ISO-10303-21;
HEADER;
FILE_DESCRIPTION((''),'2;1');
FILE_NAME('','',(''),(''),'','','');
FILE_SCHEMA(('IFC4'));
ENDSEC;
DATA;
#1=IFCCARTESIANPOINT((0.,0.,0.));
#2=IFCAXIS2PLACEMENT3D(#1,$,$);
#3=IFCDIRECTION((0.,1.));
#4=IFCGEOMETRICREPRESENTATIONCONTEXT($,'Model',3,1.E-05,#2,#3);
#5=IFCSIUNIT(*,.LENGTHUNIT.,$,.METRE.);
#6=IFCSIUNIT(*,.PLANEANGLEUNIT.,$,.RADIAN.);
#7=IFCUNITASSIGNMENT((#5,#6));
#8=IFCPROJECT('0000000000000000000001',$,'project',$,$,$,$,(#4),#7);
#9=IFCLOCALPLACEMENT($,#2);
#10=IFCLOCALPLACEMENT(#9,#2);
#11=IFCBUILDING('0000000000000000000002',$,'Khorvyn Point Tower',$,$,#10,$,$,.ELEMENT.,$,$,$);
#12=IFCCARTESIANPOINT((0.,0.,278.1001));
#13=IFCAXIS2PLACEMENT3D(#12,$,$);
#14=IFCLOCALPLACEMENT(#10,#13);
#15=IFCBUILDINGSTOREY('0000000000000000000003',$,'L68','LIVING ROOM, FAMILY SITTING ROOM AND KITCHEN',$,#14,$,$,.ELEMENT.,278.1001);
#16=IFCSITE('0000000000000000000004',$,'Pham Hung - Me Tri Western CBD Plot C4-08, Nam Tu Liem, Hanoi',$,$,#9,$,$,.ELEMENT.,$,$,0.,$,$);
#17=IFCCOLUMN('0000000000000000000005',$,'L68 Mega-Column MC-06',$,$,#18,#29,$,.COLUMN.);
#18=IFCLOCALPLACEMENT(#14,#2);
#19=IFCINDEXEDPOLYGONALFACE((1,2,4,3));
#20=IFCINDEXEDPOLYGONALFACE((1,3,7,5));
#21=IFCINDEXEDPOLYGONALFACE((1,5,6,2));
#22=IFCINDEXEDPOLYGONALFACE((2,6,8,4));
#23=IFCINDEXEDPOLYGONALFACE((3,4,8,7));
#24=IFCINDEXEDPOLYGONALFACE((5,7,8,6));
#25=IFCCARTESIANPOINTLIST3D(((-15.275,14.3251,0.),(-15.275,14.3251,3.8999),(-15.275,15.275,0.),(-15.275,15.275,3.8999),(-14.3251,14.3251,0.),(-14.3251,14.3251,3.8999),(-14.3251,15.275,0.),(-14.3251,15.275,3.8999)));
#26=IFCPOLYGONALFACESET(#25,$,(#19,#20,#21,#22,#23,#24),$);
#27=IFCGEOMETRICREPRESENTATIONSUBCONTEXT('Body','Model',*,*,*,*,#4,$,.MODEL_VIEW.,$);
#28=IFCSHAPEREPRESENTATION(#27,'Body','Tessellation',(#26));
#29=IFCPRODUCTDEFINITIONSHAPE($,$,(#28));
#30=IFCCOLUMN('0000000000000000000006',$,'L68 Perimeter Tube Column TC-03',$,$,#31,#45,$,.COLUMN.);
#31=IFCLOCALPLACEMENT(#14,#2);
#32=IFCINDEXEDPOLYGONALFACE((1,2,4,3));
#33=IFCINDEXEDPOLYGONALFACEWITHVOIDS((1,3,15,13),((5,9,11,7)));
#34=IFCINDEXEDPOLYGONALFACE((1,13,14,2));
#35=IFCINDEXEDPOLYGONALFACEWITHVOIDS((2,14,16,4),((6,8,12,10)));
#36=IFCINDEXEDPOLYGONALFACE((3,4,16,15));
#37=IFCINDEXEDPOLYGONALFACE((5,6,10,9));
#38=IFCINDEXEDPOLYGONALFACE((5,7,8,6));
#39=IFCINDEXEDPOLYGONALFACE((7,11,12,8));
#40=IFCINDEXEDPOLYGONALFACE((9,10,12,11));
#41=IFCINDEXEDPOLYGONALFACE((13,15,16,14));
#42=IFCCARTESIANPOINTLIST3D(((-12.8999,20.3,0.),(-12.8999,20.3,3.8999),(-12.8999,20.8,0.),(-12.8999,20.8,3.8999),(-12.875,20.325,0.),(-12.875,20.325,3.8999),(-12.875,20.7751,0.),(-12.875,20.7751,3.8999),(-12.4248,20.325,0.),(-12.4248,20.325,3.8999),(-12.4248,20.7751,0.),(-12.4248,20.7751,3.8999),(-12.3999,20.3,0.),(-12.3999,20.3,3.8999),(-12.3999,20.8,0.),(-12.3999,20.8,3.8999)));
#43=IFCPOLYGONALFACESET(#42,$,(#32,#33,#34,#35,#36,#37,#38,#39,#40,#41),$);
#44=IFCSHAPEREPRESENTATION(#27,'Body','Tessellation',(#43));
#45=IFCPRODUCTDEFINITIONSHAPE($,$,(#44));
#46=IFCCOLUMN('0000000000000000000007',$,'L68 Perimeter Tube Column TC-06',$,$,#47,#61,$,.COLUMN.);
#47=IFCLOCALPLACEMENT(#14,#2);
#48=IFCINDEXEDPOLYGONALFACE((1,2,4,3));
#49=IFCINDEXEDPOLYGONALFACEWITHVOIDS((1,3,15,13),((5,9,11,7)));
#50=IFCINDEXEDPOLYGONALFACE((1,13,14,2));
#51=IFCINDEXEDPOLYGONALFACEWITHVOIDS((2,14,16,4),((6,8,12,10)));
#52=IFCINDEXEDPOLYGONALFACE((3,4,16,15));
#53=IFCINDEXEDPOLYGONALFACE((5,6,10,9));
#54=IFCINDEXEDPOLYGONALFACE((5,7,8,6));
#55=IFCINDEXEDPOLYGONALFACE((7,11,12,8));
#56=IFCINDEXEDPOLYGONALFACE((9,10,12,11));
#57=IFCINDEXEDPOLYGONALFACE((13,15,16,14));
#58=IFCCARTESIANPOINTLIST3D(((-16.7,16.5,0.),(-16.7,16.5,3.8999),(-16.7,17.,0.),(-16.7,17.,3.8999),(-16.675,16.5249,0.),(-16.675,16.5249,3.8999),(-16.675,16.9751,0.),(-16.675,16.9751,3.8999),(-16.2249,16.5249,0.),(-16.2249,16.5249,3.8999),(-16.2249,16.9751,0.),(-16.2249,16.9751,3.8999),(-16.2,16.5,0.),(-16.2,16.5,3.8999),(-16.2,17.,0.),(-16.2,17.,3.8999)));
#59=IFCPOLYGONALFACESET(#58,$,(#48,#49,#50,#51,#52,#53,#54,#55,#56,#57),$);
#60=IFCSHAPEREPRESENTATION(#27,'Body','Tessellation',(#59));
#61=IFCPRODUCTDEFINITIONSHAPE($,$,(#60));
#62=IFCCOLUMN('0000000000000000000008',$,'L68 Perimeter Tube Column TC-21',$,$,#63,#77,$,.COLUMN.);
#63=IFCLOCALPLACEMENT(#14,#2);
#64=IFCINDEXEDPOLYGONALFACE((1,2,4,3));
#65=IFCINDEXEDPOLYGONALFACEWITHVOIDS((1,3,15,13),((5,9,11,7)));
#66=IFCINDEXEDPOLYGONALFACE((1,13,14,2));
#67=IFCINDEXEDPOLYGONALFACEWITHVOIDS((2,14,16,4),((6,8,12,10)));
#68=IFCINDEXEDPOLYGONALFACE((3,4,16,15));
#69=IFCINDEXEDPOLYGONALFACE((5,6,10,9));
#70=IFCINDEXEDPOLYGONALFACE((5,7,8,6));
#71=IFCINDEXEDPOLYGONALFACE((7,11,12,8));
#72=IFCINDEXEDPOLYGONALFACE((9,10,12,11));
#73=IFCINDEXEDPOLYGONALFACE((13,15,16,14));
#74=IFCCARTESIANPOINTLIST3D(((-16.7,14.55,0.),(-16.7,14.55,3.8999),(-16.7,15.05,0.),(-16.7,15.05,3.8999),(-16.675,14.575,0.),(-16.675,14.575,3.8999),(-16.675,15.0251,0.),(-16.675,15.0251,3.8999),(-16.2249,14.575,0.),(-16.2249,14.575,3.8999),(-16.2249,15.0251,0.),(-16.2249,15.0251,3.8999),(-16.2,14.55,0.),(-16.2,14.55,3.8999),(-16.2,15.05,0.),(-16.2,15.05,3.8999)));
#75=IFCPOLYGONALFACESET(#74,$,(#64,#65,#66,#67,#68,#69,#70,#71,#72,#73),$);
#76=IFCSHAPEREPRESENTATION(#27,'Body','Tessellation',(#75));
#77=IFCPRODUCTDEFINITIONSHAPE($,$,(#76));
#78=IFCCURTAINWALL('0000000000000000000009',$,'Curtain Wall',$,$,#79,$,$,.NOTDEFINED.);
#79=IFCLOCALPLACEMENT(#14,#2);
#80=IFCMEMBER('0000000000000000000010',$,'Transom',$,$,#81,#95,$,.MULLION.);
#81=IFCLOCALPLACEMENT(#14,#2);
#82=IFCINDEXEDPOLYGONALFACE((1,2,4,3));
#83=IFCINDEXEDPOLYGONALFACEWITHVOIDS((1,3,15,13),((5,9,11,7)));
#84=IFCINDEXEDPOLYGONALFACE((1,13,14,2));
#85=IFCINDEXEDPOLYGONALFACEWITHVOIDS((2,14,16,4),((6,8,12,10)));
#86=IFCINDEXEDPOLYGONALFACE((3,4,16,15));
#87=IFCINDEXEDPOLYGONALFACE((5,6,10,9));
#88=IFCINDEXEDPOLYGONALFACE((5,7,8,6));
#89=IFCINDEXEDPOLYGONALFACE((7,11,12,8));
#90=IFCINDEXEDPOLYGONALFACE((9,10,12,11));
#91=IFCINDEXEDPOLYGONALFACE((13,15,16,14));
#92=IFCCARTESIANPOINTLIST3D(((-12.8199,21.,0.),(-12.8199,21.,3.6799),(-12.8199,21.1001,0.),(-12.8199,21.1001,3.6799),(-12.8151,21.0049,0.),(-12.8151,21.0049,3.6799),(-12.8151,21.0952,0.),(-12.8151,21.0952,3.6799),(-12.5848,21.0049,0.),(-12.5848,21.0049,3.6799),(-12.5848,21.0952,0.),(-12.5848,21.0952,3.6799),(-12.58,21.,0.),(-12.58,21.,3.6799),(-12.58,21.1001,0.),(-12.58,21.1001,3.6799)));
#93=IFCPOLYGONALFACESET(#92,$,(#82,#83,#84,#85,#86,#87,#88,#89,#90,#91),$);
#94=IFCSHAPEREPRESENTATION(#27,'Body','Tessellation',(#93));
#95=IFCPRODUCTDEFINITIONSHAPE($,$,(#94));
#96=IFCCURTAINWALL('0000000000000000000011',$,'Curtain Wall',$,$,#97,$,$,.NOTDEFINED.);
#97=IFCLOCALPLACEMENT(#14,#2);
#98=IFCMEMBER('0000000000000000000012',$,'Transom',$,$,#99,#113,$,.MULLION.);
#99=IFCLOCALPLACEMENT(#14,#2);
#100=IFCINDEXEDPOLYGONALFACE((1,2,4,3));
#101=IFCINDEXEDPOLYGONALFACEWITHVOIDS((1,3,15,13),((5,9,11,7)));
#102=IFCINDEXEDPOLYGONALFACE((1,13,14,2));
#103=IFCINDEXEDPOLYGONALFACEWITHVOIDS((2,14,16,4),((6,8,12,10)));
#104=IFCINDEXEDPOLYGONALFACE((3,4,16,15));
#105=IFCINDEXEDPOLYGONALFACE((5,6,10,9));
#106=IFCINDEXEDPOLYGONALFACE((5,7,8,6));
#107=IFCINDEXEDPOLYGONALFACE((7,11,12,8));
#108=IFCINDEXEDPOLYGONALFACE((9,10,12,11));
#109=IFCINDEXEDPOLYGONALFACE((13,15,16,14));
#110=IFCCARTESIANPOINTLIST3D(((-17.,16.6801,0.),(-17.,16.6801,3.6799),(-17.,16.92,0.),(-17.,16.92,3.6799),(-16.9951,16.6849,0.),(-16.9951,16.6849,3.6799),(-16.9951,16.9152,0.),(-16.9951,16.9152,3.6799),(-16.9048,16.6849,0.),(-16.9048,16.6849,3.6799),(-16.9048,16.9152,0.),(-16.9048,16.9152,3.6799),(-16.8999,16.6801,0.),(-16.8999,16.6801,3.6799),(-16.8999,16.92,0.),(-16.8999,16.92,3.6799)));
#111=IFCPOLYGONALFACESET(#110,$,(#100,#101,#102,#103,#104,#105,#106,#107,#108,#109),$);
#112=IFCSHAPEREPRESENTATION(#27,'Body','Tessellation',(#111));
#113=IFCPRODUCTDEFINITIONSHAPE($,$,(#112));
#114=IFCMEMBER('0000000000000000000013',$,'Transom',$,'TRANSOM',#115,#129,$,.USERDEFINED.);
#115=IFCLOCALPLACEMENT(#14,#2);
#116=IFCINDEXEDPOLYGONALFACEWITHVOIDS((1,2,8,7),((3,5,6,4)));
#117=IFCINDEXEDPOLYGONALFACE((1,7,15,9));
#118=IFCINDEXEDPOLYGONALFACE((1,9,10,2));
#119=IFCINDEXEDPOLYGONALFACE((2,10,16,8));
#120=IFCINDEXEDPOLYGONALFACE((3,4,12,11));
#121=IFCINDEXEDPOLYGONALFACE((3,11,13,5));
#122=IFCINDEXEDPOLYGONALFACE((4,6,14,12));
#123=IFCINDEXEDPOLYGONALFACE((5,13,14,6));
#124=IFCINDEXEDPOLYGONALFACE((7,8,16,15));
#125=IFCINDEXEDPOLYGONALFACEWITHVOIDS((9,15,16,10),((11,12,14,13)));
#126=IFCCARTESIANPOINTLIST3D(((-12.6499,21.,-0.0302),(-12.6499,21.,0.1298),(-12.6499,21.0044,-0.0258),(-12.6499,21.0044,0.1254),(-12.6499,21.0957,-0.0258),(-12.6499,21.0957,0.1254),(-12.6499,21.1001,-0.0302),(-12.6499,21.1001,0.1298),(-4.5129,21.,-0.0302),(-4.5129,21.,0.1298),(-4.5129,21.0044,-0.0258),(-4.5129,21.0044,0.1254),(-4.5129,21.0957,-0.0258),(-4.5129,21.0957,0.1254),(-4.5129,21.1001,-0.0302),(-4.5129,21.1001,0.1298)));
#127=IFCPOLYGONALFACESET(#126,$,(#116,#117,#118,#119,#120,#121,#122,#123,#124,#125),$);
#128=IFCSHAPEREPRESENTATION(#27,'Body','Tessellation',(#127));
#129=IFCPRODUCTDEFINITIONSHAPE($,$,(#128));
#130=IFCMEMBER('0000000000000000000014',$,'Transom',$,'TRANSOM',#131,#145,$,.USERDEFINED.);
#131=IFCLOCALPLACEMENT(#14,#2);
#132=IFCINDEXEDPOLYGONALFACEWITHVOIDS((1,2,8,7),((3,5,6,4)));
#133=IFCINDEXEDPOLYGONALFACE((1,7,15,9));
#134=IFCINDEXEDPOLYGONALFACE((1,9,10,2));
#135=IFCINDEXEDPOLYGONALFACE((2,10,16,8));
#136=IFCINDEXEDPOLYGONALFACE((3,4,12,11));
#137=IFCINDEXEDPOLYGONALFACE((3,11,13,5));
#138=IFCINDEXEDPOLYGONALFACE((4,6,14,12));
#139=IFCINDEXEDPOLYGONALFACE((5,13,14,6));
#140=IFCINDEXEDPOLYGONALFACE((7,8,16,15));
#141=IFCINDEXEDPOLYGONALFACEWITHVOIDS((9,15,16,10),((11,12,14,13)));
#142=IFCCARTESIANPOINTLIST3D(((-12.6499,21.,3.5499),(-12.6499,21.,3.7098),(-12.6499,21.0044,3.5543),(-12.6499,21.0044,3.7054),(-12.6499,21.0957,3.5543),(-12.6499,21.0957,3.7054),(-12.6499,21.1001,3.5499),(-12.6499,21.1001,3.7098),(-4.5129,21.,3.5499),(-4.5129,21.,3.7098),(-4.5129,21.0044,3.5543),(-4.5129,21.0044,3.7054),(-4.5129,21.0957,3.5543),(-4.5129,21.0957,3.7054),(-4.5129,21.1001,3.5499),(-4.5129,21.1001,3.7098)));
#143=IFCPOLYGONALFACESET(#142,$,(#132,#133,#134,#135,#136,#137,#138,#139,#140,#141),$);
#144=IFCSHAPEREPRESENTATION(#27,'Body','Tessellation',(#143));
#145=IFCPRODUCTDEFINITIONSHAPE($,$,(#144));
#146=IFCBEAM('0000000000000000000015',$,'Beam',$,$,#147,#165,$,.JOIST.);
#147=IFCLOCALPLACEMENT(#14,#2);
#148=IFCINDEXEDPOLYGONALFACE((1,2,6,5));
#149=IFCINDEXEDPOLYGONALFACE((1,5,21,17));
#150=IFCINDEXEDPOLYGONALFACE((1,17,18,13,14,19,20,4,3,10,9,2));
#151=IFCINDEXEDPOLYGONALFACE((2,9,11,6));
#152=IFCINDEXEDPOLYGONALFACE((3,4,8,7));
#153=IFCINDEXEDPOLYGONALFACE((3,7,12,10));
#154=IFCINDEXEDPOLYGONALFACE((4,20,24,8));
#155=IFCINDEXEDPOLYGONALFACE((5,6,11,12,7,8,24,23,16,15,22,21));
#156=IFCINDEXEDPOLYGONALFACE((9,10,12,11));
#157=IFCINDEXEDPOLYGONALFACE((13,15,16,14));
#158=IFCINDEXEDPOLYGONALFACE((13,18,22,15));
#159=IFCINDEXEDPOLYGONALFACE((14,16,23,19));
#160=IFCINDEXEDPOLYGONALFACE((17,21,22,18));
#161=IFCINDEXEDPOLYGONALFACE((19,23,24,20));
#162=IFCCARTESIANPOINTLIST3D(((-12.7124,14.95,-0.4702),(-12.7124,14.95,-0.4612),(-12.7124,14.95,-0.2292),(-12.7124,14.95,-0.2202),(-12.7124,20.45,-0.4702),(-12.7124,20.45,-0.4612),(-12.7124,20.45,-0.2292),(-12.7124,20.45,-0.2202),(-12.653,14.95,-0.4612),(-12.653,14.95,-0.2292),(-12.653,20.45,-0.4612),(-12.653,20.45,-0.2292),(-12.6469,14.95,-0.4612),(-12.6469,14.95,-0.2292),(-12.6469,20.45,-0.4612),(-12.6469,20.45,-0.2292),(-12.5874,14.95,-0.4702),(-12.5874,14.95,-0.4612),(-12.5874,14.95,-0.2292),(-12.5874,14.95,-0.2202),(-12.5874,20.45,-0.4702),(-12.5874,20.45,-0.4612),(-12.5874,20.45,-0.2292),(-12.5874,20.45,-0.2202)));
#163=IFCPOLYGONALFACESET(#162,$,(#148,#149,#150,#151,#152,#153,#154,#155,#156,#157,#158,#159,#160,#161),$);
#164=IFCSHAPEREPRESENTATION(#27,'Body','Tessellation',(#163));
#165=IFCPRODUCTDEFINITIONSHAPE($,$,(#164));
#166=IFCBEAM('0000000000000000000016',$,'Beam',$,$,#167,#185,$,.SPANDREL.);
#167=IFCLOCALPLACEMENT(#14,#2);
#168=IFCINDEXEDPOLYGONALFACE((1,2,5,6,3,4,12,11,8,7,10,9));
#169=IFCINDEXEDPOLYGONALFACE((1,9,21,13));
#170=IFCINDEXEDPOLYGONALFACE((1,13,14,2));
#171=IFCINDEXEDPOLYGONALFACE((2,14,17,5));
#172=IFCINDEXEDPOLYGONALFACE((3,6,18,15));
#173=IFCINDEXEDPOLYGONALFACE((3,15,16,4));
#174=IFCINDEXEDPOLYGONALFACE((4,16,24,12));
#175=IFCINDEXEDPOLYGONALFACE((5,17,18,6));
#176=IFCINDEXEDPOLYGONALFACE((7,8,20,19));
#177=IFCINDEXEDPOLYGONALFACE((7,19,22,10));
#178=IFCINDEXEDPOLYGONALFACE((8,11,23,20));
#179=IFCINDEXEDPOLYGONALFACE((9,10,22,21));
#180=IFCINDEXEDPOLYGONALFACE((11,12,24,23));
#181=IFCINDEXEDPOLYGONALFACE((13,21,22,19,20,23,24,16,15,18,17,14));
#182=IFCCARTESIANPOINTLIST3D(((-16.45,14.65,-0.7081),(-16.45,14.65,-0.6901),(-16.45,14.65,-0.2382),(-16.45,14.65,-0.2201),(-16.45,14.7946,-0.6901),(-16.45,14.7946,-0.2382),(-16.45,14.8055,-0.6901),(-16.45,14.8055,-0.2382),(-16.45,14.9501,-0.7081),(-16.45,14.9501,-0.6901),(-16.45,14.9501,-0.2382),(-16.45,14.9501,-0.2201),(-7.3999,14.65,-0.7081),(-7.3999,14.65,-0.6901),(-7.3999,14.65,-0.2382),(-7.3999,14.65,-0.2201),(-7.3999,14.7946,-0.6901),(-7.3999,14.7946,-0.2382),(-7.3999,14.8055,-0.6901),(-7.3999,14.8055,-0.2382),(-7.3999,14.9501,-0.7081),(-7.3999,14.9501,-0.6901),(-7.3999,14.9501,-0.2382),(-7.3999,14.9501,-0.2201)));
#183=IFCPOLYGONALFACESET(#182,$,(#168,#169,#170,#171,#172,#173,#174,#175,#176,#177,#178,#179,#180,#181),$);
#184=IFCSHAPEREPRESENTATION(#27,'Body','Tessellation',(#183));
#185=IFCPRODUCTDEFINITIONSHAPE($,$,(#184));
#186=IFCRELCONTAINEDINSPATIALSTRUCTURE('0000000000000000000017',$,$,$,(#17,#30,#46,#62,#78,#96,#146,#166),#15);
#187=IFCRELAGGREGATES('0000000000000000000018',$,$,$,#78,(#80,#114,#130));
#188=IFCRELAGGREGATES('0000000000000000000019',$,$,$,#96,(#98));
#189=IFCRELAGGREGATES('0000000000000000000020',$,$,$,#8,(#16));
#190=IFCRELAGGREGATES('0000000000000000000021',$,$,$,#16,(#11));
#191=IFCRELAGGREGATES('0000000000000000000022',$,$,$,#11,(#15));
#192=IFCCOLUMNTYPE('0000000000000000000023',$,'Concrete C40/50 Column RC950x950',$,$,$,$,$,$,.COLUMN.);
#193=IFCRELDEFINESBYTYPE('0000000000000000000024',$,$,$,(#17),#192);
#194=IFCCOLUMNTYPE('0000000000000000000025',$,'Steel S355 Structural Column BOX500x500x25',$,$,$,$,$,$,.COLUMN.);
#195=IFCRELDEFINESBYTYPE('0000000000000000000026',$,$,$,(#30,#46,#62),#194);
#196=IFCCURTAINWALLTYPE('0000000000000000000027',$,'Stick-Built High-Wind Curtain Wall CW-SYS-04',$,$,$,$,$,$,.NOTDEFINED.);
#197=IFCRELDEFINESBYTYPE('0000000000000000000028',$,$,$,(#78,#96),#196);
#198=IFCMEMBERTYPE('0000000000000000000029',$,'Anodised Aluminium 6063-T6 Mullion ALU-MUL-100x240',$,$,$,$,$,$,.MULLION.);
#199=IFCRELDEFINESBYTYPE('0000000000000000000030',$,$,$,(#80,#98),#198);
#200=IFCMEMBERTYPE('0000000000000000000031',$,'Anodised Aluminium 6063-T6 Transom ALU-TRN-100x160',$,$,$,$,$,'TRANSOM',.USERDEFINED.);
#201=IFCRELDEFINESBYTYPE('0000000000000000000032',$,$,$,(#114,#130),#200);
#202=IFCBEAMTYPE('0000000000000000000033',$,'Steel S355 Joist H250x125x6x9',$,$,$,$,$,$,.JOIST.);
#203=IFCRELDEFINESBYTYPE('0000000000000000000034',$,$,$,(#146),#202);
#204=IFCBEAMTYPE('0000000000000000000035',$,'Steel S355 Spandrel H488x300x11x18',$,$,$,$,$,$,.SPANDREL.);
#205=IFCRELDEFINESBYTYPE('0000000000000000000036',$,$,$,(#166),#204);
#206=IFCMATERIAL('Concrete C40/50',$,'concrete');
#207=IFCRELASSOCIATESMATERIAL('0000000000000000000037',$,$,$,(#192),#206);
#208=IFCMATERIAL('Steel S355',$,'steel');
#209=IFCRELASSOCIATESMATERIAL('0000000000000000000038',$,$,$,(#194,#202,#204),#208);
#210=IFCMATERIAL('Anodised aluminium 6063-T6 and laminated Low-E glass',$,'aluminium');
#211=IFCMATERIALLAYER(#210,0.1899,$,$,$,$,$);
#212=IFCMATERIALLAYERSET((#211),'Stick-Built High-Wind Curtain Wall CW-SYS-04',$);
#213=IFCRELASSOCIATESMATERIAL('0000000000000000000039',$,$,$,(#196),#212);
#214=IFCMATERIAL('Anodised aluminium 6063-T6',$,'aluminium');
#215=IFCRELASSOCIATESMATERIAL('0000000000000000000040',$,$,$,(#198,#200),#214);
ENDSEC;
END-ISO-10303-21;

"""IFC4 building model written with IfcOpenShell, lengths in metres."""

from ifc_helpers import new_model, si_unit, direction, frame, origin, origin_2d, place, context, subcontext, project, spatial, rectangle, hollow_rectangle, i_section, extrude, material, layer, layer_set, material_profile, profile_set, type_object, element, aggregate, save


model = new_model("IFC4")

# Units and contexts
model_context = context("Model", 3, precision=1e-05, world=origin(), true_north=direction((0.0, 1.0)))
body_context = subcontext(model_context, "Body", "Model", "MODEL_VIEW")
ifc_project = project(units=[si_unit("LENGTHUNIT", "METRE"), si_unit("PLANEANGLEUNIT", "RADIAN")], contexts=[model_context])

# Site, building, storey
site_placement = place(None, origin())
site = spatial("IfcSite", under=ifc_project, at=site_placement, Name="Pham Hung - Me Tri Western CBD Plot C4-08, Nam Tu Liem, Hanoi", CompositionType="ELEMENT", RefElevation=0.0)
building_placement = place(site_placement, origin())
building = spatial("IfcBuilding", under=site, at=building_placement, Name="Khorvyn Point Tower", CompositionType="ELEMENT")
storey_placement = place(building_placement, frame((0.0, 0.0, 278.1001)))
storey = spatial("IfcBuildingStorey", under=building, at=storey_placement, Name="L68", Description="LIVING ROOM, FAMILY SITTING ROOM AND KITCHEN", CompositionType="ELEMENT", Elevation=278.1001)

# Columns
ifc_material_1 = material(Name="Concrete C40/50", Category="concrete")
ifc_material_profile_1 = material_profile(ifc_material_1, rectangle(XDim=0.95, YDim=0.95, at=origin_2d()))
ifc_profile_set_1 = profile_set([ifc_material_profile_1], Name="Concrete C40/50 RC950x950")
column_type_1 = type_object("IfcColumnType", Name="Concrete C40/50 Column RC950x950", PredefinedType="COLUMN", material=ifc_profile_set_1)
column_placement = place(storey_placement, frame((-14.8, 14.8, 0.0), z_axis=(0.0, 0.0, 1.0), x_axis=(1.0, 0.0, 0.0)))
element("IfcColumn", 1, at=column_placement, inside=storey, type_object=column_type_1, Name="L68 Mega-Column MC-06", PredefinedType="COLUMN", context=body_context, shape_type="SweptSolid", body=[
    extrude(rectangle(XDim=0.95, YDim=0.95, at=origin_2d()), origin(), (0.0, 0.0, 1.0), 3.8999),
])
ifc_material_2 = material(Name="Steel S355", Category="steel")
ifc_material_profile_2 = material_profile(ifc_material_2, hollow_rectangle(XDim=0.5, YDim=0.5, WallThickness=0.0249, at=origin_2d()))
ifc_profile_set_2 = profile_set([ifc_material_profile_2], Name="Steel S355 BOX500x500x25")
column_type_2 = type_object("IfcColumnType", Name="Steel S355 Structural Column BOX500x500x25", PredefinedType="COLUMN", material=ifc_profile_set_2)
for number, where, z_axis, x_axis, name in (
    (2, (-12.6499, 20.55, 0.0), (0.0, 0.0, 1.0), (1.0, 0.0, 0.0), "L68 Perimeter Tube Column TC-03"),
    (3, (-16.45, 16.75, 0.0), (0.0, 0.0, 1.0), (1.0, 0.0, 0.0), "L68 Perimeter Tube Column TC-06"),
    (4, (-16.45, 14.8, 0.0), (0.0, 0.0, 1.0), (1.0, 0.0, 0.0), "L68 Perimeter Tube Column TC-21"),
):
    element("IfcColumn", number, at=place(storey_placement, frame(where, z_axis=z_axis, x_axis=x_axis)), inside=storey, type_object=column_type_2, Name=name, PredefinedType="COLUMN", context=body_context, shape_type="SweptSolid", body=[
        extrude(hollow_rectangle(XDim=0.5, YDim=0.5, WallThickness=0.0249, at=origin_2d()), origin(), (0.0, 0.0, 1.0), 3.8999),
    ])

# Curtain walls, members
ifc_material_3 = material(Name="Anodised aluminium 6063-T6 and laminated Low-E glass", Category="aluminium")
ifc_layer_1 = layer(ifc_material_3, 0.1899)
ifc_layer_set_1 = layer_set([ifc_layer_1], Name="Stick-Built High-Wind Curtain Wall CW-SYS-04")
curtain_wall_type = type_object("IfcCurtainWallType", Name="Stick-Built High-Wind Curtain Wall CW-SYS-04", PredefinedType="NOTDEFINED", material=ifc_layer_set_1)
curtain_wall_1_placement = place(storey_placement, origin())
curtain_wall_1 = element("IfcCurtainWall", 5, at=curtain_wall_1_placement, inside=storey, type_object=curtain_wall_type, Name="Curtain Wall", PredefinedType="NOTDEFINED")
ifc_material_4 = material(Name="Anodised aluminium 6063-T6", Category="aluminium")
ifc_material_profile_3 = material_profile(ifc_material_4, hollow_rectangle(XDim=0.1001, YDim=0.24, WallThickness=0.0049, at=origin_2d()))
ifc_profile_set_3 = profile_set([ifc_material_profile_3], Name="Anodised aluminium 6063-T6 ALU-MUL-100x240")
member_type_1 = type_object("IfcMemberType", Name="Anodised Aluminium 6063-T6 Mullion ALU-MUL-100x240", PredefinedType="MULLION", material=ifc_profile_set_3)
member_1_placement = place(storey_placement, frame((-12.7, 21.05, 0.0), z_axis=(0.0, 0.0, 1.0), x_axis=(0.0, 1.0, 0.0)))
member_1 = element("IfcMember", 6, at=member_1_placement, type_object=member_type_1, Name="Transom", PredefinedType="MULLION", context=body_context, shape_type="SweptSolid", body=[
    extrude(hollow_rectangle(XDim=0.1001, YDim=0.24, WallThickness=0.0049, at=origin_2d()), origin(), (0.0, 0.0, 1.0), 3.6799),
])
curtain_wall_2_placement = place(storey_placement, origin())
curtain_wall_2 = element("IfcCurtainWall", 7, at=curtain_wall_2_placement, inside=storey, type_object=curtain_wall_type, Name="Curtain Wall", PredefinedType="NOTDEFINED")
member_2_placement = place(storey_placement, frame((-16.95, 16.8, 0.0), z_axis=(0.0, 0.0, 1.0), x_axis=(-1.0, 0.0, 0.0)))
member_2 = element("IfcMember", 8, at=member_2_placement, type_object=member_type_1, Name="Transom", PredefinedType="MULLION", context=body_context, shape_type="SweptSolid", body=[
    extrude(hollow_rectangle(XDim=0.1001, YDim=0.24, WallThickness=0.0049, at=origin_2d()), origin(), (0.0, 0.0, 1.0), 3.6799),
])

# Members
ifc_material_profile_4 = material_profile(ifc_material_4, hollow_rectangle(XDim=0.1001, YDim=0.1599, WallThickness=0.0044, at=origin_2d()))
ifc_profile_set_4 = profile_set([ifc_material_profile_4], Name="Anodised aluminium 6063-T6 ALU-TRN-100x160")
member_type_2 = type_object("IfcMemberType", Name="Anodised Aluminium 6063-T6 Transom ALU-TRN-100x160", ElementType="TRANSOM", PredefinedType="USERDEFINED", material=ifc_profile_set_4)
member_3_placement = place(storey_placement, frame((-12.6499, 21.05, 0.0498), z_axis=(1.0, 0.0, 0.0), x_axis=(0.0, 1.0, 0.0)))
member_3 = element("IfcMember", 9, at=member_3_placement, type_object=member_type_2, Name="Transom", ObjectType="TRANSOM", PredefinedType="USERDEFINED", context=body_context, shape_type="SweptSolid", body=[
    extrude(hollow_rectangle(XDim=0.1001, YDim=0.1599, WallThickness=0.0044, at=origin_2d()), origin(), (0.0, 0.0, 1.0), 8.137),
])
member_4_placement = place(storey_placement, frame((-12.6499, 21.05, 3.6299), z_axis=(1.0, 0.0, 0.0), x_axis=(0.0, 1.0, 0.0)))
member_4 = element("IfcMember", 10, at=member_4_placement, type_object=member_type_2, Name="Transom", ObjectType="TRANSOM", PredefinedType="USERDEFINED", context=body_context, shape_type="SweptSolid", body=[
    extrude(hollow_rectangle(XDim=0.1001, YDim=0.1599, WallThickness=0.0044, at=origin_2d()), origin(), (0.0, 0.0, 1.0), 8.137),
])

# Beams
ifc_material_profile_5 = material_profile(ifc_material_2, i_section(OverallWidth=0.125, OverallDepth=0.25, WebThickness=0.0061, FlangeThickness=0.009, at=origin_2d()))
ifc_profile_set_5 = profile_set([ifc_material_profile_5], Name="Steel S355 H250x125x6x9")
beam_type_1 = type_object("IfcBeamType", Name="Steel S355 Joist H250x125x6x9", PredefinedType="JOIST", material=ifc_profile_set_5)
beam_1_placement = place(storey_placement, frame((-12.6499, 14.95, -0.3452), z_axis=(0.0, 1.0, 0.0), x_axis=(-1.0, 0.0, 0.0)))
element("IfcBeam", 11, at=beam_1_placement, inside=storey, type_object=beam_type_1, Name="Beam", PredefinedType="JOIST", context=body_context, shape_type="SweptSolid", body=[
    extrude(i_section(OverallWidth=0.125, OverallDepth=0.25, WebThickness=0.0061, FlangeThickness=0.009, at=origin_2d()), origin(), (0.0, 0.0, 1.0), 5.5),
])
ifc_material_profile_6 = material_profile(ifc_material_2, i_section(OverallWidth=0.3, OverallDepth=0.488, WebThickness=0.011, FlangeThickness=0.0181, at=origin_2d()))
ifc_profile_set_6 = profile_set([ifc_material_profile_6], Name="Steel S355 H488x300x11x18")
beam_type_2 = type_object("IfcBeamType", Name="Steel S355 Spandrel H488x300x11x18", PredefinedType="SPANDREL", material=ifc_profile_set_6)
beam_2_placement = place(storey_placement, frame((-16.45, 14.8, -0.4641), z_axis=(1.0, 0.0, 0.0), x_axis=(0.0, 1.0, 0.0)))
element("IfcBeam", 12, at=beam_2_placement, inside=storey, type_object=beam_type_2, Name="Beam", PredefinedType="SPANDREL", context=body_context, shape_type="SweptSolid", body=[
    extrude(i_section(OverallWidth=0.3, OverallDepth=0.488, WebThickness=0.011, FlangeThickness=0.0181, at=origin_2d()), origin(), (0.0, 0.0, 1.0), 9.05),
])

aggregate(curtain_wall_1, [member_1, member_3, member_4])
aggregate(curtain_wall_2, [member_2])

save(model, "model.ifc")
